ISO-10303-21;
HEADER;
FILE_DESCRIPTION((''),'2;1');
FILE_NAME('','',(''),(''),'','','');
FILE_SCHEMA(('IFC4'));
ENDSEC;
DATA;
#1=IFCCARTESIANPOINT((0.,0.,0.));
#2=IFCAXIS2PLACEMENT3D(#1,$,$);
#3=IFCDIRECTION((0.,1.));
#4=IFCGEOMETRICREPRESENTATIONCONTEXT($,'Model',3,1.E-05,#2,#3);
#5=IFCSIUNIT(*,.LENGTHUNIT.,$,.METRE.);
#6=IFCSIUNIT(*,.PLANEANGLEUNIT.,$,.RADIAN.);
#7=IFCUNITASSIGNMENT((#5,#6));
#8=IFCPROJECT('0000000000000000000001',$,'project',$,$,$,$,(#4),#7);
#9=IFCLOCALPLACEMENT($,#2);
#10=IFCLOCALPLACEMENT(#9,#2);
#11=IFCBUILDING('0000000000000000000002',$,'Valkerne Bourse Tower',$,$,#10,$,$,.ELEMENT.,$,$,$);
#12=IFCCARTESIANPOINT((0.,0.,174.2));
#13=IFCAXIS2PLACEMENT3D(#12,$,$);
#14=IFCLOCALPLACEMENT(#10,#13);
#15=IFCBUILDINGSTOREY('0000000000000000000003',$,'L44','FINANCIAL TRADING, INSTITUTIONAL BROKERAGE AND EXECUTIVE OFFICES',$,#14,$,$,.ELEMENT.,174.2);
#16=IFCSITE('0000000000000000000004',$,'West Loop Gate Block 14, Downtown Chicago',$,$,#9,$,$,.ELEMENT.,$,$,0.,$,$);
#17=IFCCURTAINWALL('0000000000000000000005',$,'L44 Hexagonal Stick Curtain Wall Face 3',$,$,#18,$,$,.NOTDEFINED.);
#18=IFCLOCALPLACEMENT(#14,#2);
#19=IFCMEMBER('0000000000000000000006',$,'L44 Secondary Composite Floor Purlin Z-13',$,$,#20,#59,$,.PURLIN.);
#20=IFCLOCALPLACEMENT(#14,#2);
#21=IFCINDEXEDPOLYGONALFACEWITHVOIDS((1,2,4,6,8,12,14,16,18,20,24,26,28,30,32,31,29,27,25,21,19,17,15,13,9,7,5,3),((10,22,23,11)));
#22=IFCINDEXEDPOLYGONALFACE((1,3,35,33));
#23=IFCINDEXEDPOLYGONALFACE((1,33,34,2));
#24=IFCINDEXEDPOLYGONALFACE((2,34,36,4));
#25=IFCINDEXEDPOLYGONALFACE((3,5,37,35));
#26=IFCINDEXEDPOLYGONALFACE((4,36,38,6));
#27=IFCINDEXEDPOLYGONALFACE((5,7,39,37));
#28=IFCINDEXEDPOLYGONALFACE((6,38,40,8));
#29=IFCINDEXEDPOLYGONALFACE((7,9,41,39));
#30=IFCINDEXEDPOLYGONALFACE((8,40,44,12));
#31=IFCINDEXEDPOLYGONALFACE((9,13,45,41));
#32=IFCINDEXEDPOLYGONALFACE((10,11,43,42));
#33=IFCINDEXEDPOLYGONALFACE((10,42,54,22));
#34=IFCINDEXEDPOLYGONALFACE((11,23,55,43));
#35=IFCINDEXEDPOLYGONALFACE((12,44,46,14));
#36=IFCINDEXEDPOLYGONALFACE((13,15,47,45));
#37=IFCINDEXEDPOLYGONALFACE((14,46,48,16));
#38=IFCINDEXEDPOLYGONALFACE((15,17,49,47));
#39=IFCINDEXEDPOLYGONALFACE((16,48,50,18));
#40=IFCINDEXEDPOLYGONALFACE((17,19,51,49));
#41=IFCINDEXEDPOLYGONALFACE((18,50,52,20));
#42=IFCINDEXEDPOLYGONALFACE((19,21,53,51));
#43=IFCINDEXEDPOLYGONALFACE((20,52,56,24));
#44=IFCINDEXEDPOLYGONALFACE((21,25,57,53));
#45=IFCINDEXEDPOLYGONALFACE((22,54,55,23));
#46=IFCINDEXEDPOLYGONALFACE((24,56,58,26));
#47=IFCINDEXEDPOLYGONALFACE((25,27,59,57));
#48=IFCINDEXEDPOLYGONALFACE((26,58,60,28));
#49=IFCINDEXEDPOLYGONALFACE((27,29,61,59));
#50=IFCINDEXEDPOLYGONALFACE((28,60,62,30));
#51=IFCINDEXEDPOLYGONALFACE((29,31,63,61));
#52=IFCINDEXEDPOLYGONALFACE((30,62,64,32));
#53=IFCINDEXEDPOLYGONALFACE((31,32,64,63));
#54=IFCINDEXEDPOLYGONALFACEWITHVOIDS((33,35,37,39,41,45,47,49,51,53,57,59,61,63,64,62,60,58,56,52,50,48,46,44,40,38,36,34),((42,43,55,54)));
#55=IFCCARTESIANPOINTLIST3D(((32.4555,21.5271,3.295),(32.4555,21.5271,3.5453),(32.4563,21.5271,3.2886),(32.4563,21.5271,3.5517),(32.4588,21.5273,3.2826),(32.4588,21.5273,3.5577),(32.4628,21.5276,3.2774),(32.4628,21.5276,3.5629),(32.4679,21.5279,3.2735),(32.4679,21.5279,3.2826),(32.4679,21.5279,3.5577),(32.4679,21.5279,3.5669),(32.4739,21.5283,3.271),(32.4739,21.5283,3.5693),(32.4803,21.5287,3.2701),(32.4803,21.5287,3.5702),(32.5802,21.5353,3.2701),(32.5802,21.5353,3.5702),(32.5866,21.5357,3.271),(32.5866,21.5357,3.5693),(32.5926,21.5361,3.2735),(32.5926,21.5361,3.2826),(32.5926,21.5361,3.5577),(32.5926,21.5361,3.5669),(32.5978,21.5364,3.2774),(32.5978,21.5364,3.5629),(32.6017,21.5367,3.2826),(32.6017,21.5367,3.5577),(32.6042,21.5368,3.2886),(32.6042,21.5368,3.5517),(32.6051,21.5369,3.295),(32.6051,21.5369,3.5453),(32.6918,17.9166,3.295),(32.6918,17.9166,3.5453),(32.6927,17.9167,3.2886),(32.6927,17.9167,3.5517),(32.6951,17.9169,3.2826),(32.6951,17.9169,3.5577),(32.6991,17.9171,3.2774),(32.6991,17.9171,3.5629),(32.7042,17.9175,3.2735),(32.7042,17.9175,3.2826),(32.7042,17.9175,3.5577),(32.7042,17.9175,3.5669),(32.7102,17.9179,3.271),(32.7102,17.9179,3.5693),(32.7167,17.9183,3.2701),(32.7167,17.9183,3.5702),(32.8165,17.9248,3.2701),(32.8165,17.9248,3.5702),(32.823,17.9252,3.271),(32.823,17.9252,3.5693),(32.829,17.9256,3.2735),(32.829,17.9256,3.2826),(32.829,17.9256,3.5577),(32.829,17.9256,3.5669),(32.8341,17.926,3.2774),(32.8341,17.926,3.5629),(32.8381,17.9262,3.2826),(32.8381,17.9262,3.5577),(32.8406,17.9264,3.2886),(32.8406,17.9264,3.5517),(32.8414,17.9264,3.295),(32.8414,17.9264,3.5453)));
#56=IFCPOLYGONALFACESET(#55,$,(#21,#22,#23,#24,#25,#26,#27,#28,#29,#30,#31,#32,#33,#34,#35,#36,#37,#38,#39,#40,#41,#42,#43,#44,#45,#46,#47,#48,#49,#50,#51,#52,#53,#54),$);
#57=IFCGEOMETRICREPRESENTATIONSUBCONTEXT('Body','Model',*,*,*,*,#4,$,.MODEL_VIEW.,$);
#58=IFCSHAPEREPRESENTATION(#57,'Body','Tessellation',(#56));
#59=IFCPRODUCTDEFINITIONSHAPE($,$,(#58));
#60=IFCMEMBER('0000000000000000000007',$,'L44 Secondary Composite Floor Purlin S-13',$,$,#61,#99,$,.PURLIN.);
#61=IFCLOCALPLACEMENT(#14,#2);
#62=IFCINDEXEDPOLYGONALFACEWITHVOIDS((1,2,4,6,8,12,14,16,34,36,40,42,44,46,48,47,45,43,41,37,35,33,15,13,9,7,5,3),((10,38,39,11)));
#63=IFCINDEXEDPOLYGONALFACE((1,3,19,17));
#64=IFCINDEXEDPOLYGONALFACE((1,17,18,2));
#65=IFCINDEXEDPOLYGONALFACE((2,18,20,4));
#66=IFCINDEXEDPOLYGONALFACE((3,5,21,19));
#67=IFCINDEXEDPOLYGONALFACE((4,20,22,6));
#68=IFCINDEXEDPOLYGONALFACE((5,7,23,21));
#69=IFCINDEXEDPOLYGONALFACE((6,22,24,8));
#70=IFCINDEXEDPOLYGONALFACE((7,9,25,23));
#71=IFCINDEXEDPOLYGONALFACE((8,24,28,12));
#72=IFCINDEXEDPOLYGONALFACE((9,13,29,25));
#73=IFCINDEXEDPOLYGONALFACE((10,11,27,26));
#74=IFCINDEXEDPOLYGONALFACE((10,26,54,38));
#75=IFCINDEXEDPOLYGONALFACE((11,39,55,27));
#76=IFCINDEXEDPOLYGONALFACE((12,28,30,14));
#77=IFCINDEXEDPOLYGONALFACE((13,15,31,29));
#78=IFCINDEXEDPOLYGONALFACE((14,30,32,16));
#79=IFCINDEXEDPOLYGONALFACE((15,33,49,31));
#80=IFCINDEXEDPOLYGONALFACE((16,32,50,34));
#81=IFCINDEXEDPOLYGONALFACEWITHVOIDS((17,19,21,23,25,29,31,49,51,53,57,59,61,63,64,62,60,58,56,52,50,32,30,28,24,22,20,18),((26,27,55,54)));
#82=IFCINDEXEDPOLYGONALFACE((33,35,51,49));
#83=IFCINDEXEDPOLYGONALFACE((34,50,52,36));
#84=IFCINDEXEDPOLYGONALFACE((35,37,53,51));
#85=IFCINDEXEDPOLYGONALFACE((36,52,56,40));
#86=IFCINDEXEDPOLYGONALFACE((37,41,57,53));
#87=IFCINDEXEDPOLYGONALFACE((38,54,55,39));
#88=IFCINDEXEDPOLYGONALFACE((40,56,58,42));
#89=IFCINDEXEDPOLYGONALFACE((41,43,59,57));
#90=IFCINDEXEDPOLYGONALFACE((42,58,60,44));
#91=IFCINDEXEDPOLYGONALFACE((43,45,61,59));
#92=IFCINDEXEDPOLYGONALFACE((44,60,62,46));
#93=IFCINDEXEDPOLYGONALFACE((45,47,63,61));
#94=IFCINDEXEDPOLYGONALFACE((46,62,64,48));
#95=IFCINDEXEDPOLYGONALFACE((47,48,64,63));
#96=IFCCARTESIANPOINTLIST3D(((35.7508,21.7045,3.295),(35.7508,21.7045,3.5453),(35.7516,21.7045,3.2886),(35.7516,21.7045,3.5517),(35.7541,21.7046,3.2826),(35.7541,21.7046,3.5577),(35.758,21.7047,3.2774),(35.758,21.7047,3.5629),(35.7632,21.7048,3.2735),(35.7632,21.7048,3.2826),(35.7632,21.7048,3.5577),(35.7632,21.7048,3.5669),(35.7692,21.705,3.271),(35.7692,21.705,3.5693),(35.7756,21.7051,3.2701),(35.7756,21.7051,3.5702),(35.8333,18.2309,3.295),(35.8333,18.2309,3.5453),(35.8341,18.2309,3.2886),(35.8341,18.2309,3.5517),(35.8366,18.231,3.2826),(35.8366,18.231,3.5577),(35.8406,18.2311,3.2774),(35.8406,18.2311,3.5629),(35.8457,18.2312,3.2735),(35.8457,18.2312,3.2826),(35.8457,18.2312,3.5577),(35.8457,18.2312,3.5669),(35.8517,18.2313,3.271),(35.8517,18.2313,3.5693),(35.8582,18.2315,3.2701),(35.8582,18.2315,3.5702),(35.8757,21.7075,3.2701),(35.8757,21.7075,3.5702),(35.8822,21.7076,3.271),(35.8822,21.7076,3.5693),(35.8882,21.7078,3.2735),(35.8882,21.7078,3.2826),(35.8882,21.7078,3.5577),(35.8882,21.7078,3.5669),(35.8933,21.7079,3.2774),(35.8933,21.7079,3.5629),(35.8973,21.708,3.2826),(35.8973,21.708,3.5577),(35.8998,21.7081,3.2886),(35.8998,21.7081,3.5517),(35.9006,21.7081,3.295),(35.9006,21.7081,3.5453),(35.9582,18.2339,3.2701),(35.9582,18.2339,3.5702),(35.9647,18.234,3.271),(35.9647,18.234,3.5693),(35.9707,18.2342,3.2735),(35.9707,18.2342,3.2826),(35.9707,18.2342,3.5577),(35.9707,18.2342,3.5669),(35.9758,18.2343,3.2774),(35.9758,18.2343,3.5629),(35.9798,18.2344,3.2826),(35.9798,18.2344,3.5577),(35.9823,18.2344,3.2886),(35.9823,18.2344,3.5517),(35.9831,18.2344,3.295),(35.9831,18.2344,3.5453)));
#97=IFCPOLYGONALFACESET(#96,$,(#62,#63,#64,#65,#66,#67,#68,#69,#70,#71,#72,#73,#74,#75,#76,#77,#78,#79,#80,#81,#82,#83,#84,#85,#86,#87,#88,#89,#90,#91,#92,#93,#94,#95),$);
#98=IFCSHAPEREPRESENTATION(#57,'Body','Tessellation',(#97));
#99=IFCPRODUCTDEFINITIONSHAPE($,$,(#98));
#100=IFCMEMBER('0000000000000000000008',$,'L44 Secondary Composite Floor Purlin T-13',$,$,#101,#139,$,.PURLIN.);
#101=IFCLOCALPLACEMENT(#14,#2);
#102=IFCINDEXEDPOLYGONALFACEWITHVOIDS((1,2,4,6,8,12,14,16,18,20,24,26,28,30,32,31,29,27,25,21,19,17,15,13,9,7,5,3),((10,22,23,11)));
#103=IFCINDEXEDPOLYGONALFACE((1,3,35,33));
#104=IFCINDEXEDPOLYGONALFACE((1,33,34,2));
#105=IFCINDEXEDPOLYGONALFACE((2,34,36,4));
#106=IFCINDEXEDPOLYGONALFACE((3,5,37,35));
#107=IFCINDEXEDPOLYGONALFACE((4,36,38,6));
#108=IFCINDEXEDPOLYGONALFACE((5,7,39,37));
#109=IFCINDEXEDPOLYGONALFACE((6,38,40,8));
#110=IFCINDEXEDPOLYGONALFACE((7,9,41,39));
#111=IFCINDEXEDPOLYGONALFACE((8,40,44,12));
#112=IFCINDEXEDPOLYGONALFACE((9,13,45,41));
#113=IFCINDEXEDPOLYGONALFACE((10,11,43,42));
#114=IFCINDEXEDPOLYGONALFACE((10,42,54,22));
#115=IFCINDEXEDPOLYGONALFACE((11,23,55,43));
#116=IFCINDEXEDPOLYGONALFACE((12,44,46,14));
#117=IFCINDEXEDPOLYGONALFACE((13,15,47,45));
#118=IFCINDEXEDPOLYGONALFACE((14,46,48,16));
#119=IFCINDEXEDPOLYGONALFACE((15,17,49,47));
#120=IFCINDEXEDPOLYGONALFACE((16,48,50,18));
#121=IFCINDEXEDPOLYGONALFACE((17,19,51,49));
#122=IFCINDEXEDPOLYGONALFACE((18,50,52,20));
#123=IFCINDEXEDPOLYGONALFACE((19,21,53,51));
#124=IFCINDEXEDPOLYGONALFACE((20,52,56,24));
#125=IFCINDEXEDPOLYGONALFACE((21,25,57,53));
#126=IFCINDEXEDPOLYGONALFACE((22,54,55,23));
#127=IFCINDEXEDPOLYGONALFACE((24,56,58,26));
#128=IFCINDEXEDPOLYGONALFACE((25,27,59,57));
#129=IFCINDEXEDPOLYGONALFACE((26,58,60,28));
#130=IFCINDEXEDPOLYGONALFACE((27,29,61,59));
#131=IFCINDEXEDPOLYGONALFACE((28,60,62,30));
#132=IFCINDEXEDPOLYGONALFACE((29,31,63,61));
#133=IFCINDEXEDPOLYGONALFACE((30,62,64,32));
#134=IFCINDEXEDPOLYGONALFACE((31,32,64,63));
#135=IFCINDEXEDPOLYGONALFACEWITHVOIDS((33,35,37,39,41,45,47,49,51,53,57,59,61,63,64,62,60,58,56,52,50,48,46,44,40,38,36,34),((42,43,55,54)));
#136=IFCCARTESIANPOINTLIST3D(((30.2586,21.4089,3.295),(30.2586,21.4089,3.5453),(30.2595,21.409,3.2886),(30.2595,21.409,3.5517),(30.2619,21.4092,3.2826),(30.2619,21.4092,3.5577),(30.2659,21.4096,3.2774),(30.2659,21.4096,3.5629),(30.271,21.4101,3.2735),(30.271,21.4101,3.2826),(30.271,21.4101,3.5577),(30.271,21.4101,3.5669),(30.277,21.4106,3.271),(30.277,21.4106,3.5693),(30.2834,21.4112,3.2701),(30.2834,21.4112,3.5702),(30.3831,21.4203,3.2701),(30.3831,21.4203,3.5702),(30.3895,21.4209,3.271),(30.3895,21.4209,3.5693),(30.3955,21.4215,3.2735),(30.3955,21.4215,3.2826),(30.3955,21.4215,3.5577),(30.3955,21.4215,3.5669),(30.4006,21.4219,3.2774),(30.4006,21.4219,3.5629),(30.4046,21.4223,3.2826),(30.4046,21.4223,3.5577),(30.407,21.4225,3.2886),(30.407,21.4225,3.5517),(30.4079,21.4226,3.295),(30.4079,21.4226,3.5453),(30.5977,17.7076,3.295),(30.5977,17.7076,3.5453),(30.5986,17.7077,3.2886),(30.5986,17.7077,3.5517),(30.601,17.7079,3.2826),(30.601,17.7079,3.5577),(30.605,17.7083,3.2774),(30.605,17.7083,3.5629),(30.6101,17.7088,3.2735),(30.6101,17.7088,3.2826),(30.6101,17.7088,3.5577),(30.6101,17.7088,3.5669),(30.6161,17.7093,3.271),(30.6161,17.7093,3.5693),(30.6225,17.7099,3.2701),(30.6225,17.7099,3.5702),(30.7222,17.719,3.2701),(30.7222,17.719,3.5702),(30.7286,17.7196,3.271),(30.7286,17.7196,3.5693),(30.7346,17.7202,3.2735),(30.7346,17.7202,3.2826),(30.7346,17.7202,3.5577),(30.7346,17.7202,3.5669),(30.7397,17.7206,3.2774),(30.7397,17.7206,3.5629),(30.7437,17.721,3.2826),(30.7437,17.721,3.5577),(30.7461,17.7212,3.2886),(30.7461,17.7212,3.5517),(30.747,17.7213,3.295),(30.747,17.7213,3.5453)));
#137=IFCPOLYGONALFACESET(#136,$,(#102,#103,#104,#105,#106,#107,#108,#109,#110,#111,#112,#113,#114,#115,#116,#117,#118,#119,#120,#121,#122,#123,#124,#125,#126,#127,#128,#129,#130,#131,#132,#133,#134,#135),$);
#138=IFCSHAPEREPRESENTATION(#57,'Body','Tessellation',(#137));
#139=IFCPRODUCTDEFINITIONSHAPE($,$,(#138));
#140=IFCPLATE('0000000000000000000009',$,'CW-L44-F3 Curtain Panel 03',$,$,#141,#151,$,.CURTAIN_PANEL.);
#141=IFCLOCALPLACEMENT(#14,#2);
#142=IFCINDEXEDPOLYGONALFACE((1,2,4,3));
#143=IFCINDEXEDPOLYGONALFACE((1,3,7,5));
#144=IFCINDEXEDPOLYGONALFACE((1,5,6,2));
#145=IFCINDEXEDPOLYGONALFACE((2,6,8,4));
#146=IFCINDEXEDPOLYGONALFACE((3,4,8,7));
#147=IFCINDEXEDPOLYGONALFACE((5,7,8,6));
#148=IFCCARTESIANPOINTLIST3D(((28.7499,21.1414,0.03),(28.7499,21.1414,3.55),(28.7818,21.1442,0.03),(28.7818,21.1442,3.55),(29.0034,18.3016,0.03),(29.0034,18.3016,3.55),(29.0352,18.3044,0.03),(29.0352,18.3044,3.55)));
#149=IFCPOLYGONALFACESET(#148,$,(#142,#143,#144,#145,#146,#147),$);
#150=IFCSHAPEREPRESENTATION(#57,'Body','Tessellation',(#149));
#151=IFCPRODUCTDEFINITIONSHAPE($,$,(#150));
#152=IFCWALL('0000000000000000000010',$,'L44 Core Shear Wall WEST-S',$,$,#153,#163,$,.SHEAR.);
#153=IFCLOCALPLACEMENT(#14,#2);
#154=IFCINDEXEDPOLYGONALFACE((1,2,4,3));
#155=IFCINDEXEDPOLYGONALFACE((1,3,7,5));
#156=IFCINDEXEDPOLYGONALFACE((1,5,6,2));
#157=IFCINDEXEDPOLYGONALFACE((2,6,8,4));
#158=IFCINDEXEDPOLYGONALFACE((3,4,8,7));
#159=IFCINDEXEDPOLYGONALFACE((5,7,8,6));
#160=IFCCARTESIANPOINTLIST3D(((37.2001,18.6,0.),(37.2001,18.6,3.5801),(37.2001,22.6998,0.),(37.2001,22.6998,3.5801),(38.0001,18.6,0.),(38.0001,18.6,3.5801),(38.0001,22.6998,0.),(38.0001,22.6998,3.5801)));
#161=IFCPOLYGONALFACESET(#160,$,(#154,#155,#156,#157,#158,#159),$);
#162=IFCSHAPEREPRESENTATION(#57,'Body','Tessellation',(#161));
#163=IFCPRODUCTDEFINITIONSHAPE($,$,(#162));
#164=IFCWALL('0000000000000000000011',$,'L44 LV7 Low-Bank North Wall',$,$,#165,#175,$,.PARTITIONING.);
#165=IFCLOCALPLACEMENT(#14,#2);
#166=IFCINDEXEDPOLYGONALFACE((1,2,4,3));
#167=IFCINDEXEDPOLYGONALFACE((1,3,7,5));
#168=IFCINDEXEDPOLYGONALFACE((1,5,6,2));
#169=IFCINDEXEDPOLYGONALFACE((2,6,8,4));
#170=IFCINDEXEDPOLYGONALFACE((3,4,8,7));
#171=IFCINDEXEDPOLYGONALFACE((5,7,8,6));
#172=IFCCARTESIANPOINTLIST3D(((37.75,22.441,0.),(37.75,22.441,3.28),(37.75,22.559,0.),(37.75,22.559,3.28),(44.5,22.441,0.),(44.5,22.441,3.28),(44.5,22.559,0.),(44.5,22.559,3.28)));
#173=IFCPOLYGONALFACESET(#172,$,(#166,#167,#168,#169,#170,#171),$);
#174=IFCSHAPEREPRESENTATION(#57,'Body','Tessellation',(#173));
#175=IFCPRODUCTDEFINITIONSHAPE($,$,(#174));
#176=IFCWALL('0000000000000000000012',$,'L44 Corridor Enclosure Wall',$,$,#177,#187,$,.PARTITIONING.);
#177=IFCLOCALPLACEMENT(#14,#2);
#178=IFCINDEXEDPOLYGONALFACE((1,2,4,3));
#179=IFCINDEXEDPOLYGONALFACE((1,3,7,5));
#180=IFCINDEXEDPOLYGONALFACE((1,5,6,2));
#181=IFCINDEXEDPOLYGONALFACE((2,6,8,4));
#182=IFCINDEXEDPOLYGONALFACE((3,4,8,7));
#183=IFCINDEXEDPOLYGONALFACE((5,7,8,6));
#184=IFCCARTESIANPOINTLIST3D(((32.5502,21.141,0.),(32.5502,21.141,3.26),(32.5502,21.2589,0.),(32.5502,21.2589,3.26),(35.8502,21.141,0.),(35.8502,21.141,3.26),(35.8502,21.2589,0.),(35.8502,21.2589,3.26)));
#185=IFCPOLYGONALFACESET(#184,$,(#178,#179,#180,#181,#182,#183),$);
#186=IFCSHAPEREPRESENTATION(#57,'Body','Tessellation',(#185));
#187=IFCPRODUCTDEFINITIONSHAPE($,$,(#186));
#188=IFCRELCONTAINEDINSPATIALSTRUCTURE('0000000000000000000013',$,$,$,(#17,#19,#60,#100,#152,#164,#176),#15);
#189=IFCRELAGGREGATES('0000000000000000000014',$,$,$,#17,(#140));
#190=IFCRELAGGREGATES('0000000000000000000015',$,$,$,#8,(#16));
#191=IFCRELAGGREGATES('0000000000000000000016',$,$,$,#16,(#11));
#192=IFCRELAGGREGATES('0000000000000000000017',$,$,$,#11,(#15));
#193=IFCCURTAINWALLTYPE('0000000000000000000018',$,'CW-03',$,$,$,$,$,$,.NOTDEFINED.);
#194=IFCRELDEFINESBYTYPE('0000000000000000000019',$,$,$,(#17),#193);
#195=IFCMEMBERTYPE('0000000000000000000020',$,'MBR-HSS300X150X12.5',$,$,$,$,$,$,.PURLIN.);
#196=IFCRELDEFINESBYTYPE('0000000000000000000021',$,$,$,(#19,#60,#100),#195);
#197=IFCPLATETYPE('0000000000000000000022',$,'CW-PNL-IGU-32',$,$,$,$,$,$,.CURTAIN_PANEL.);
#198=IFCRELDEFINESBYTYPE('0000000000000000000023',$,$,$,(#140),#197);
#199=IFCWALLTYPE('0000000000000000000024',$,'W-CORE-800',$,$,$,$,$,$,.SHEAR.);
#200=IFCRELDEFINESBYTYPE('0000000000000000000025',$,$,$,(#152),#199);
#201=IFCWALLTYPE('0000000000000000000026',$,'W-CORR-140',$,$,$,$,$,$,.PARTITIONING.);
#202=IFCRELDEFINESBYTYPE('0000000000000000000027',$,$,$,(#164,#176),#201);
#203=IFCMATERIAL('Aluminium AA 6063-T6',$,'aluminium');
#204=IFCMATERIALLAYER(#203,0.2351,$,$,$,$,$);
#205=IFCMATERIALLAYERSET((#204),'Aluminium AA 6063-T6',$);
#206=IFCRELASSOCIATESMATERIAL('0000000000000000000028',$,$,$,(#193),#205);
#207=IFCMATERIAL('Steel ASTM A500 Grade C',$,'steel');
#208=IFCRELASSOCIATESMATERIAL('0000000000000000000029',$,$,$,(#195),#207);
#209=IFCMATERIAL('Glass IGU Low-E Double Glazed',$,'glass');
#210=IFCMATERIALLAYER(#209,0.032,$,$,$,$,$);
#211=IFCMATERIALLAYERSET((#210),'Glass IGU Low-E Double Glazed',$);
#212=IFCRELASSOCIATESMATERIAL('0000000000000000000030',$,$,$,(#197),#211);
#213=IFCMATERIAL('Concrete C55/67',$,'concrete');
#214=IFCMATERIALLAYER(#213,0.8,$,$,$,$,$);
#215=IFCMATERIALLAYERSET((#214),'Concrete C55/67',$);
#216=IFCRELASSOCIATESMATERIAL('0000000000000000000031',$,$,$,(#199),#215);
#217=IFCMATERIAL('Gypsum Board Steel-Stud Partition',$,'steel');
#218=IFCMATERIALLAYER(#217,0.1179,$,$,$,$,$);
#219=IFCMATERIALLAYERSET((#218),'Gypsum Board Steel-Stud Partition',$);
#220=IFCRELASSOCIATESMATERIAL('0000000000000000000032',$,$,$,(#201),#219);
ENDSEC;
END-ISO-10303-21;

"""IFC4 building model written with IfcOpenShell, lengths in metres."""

from ifc_helpers import new_model, si_unit, direction, frame, frame_2d, origin, origin_2d, place, context, subcontext, project, spatial, rectangle, hollow_rectangle, extrude, material, layer, layer_set, material_profile, profile_set, type_object, element, aggregate, save


model = new_model("IFC4")

# Units and contexts
model_context = context("Model", 3, precision=1e-05, world=origin(), true_north=direction((0.0, 1.0)))
body_context = subcontext(model_context, "Body", "Model", "MODEL_VIEW")
ifc_project = project(units=[si_unit("LENGTHUNIT", "METRE"), si_unit("PLANEANGLEUNIT", "RADIAN")], contexts=[model_context])

# Site, building, storey
site_placement = place(None, origin())
site = spatial("IfcSite", under=ifc_project, at=site_placement, Name="West Loop Gate Block 14, Downtown Chicago", CompositionType="ELEMENT", RefElevation=0.0)
building_placement = place(site_placement, origin())
building = spatial("IfcBuilding", under=site, at=building_placement, Name="Valkerne Bourse Tower", CompositionType="ELEMENT")
storey_placement = place(building_placement, frame((0.0, 0.0, 174.2)))
storey = spatial("IfcBuildingStorey", under=building, at=storey_placement, Name="L44", Description="FINANCIAL TRADING, INSTITUTIONAL BROKERAGE AND EXECUTIVE OFFICES", CompositionType="ELEMENT", Elevation=174.2)

# Curtain wall
ifc_material_1 = material(Name="Aluminium AA 6063-T6", Category="aluminium")
ifc_layer_1 = layer(ifc_material_1, 0.2351)
ifc_layer_set_1 = layer_set([ifc_layer_1], Name="Aluminium AA 6063-T6")
curtain_wall_type = type_object("IfcCurtainWallType", Name="CW-03", PredefinedType="NOTDEFINED", material=ifc_layer_set_1)
curtain_wall_placement = place(storey_placement, origin())
curtain_wall = element("IfcCurtainWall", 1, at=curtain_wall_placement, inside=storey, type_object=curtain_wall_type, Name="L44 Hexagonal Stick Curtain Wall Face 3", PredefinedType="NOTDEFINED")

# Members
ifc_material_2 = material(Name="Steel ASTM A500 Grade C", Category="steel")
ifc_material_profile_1 = material_profile(ifc_material_2, hollow_rectangle(XDim=0.1499, YDim=0.3, WallThickness=0.0125, OuterFilletRadius=0.0249, at=origin_2d()), Name="HSS300X150X12.5")
ifc_profile_set_1 = profile_set([ifc_material_profile_1], Name="Steel ASTM A500 Grade C")
member_type_1 = type_object("IfcMemberType", Name="MBR-HSS300X150X12.5", PredefinedType="PURLIN", material=ifc_profile_set_1)
member_1_placement = place(storey_placement, frame((32.5303, 21.532, 3.4202), z_axis=(0.065319, -0.997864, 0.0), x_axis=(0.997864, 0.065319, 0.0)))
element("IfcMember", 2, at=member_1_placement, inside=storey, type_object=member_type_1, Name="L44 Secondary Composite Floor Purlin Z-13", PredefinedType="PURLIN", context=body_context, shape_type="SweptSolid", body=[
    extrude(hollow_rectangle(XDim=0.1499, YDim=0.3, WallThickness=0.0125, OuterFilletRadius=0.0249, at=origin_2d()), origin(), (0.0, 0.0, 1.0), 3.6182),
])
member_2_placement = place(storey_placement, frame((35.8257, 21.7063, 3.4202), z_axis=(0.023749, -0.999718, 0.0), x_axis=(0.999718, 0.023749, 0.0)))
element("IfcMember", 3, at=member_2_placement, inside=storey, type_object=member_type_1, Name="L44 Secondary Composite Floor Purlin S-13", PredefinedType="PURLIN", context=body_context, shape_type="SweptSolid", body=[
    extrude(hollow_rectangle(XDim=0.1499, YDim=0.3, WallThickness=0.0125, OuterFilletRadius=0.0249, at=origin_2d()), origin(), (0.0, 0.0, 1.0), 3.4746),
])
member_3_placement = place(storey_placement, frame((30.3333, 21.4158, 3.4202), z_axis=(0.091235, -0.995829, 0.0), x_axis=(0.995829, 0.091235, 0.0)))
element("IfcMember", 4, at=member_3_placement, inside=storey, type_object=member_type_1, Name="L44 Secondary Composite Floor Purlin T-13", PredefinedType="PURLIN", context=body_context, shape_type="SweptSolid", body=[
    extrude(hollow_rectangle(XDim=0.1499, YDim=0.3, WallThickness=0.0125, OuterFilletRadius=0.0249, at=origin_2d()), origin(), (0.0, 0.0, 1.0), 3.7168),
])

# Plate
ifc_material_3 = material(Name="Glass IGU Low-E Double Glazed", Category="glass")
ifc_layer_2 = layer(ifc_material_3, 0.032)
ifc_layer_set_2 = layer_set([ifc_layer_2], Name="Glass IGU Low-E Double Glazed")
plate_type = type_object("IfcPlateType", Name="CW-PNL-IGU-32", PredefinedType="CURTAIN_PANEL", material=ifc_layer_set_2)
plate_placement = place(storey_placement, frame((28.8926, 19.7229, 0.03), z_axis=(0.0, 0.0, 1.0), x_axis=(0.088888, -0.996042, 0.0)))
plate = element("IfcPlate", 5, at=plate_placement, type_object=plate_type, Name="CW-L44-F3 Curtain Panel 03", PredefinedType="CURTAIN_PANEL", context=body_context, shape_type="SweptSolid", body=[
    extrude(rectangle(XDim=2.8511, YDim=0.032, at=origin_2d()), origin(), (0.0, 0.0, 1.0), 3.52),
])
aggregate(curtain_wall, [plate])

# Walls
ifc_material_4 = material(Name="Concrete C55/67", Category="concrete")
ifc_layer_3 = layer(ifc_material_4, 0.8)
ifc_layer_set_3 = layer_set([ifc_layer_3], Name="Concrete C55/67")
wall_type_1 = type_object("IfcWallType", Name="W-CORE-800", PredefinedType="SHEAR", material=ifc_layer_set_3)
wall_1_placement = place(storey_placement, frame((37.6001, 18.6001, 0.0), z_axis=(0.0, 0.0, 1.0), x_axis=(0.0, 1.0, 0.0)))
element("IfcWall", 6, at=wall_1_placement, inside=storey, type_object=wall_type_1, Name="L44 Core Shear Wall WEST-S", PredefinedType="SHEAR", context=body_context, shape_type="SweptSolid", body=[
    extrude(rectangle(XDim=4.0999, YDim=0.8, at=frame_2d((2.0498, 0.0))), origin(), (0.0, 0.0, 1.0), 3.5801),
])
ifc_material_5 = material(Name="Gypsum Board Steel-Stud Partition", Category="steel")
ifc_layer_4 = layer(ifc_material_5, 0.1179)
ifc_layer_set_4 = layer_set([ifc_layer_4], Name="Gypsum Board Steel-Stud Partition")
wall_type_2 = type_object("IfcWallType", Name="W-CORR-140", PredefinedType="PARTITIONING", material=ifc_layer_set_4)
wall_2_placement = place(storey_placement, frame((37.75, 22.5, 0.0), z_axis=(0.0, 0.0, 1.0), x_axis=(1.0, 0.0, 0.0)))
element("IfcWall", 7, at=wall_2_placement, inside=storey, type_object=wall_type_2, Name="L44 LV7 Low-Bank North Wall", PredefinedType="PARTITIONING", context=body_context, shape_type="SweptSolid", body=[
    extrude(rectangle(XDim=6.75, YDim=0.1179, at=frame_2d((3.375, 0.0))), origin(), (0.0, 0.0, 1.0), 3.28),
])
wall_3_placement = place(storey_placement, frame((35.8501, 21.2, 0.0), z_axis=(0.0, 0.0, 1.0), x_axis=(-1.0, 0.0, 0.0)))
element("IfcWall", 8, at=wall_3_placement, inside=storey, type_object=wall_type_2, Name="L44 Corridor Enclosure Wall", PredefinedType="PARTITIONING", context=body_context, shape_type="SweptSolid", body=[
    extrude(rectangle(XDim=3.3, YDim=0.1179, at=frame_2d((1.6499, 0.0))), origin(), (0.0, 0.0, 1.0), 3.26),
])

save(model, "model.ifc")
